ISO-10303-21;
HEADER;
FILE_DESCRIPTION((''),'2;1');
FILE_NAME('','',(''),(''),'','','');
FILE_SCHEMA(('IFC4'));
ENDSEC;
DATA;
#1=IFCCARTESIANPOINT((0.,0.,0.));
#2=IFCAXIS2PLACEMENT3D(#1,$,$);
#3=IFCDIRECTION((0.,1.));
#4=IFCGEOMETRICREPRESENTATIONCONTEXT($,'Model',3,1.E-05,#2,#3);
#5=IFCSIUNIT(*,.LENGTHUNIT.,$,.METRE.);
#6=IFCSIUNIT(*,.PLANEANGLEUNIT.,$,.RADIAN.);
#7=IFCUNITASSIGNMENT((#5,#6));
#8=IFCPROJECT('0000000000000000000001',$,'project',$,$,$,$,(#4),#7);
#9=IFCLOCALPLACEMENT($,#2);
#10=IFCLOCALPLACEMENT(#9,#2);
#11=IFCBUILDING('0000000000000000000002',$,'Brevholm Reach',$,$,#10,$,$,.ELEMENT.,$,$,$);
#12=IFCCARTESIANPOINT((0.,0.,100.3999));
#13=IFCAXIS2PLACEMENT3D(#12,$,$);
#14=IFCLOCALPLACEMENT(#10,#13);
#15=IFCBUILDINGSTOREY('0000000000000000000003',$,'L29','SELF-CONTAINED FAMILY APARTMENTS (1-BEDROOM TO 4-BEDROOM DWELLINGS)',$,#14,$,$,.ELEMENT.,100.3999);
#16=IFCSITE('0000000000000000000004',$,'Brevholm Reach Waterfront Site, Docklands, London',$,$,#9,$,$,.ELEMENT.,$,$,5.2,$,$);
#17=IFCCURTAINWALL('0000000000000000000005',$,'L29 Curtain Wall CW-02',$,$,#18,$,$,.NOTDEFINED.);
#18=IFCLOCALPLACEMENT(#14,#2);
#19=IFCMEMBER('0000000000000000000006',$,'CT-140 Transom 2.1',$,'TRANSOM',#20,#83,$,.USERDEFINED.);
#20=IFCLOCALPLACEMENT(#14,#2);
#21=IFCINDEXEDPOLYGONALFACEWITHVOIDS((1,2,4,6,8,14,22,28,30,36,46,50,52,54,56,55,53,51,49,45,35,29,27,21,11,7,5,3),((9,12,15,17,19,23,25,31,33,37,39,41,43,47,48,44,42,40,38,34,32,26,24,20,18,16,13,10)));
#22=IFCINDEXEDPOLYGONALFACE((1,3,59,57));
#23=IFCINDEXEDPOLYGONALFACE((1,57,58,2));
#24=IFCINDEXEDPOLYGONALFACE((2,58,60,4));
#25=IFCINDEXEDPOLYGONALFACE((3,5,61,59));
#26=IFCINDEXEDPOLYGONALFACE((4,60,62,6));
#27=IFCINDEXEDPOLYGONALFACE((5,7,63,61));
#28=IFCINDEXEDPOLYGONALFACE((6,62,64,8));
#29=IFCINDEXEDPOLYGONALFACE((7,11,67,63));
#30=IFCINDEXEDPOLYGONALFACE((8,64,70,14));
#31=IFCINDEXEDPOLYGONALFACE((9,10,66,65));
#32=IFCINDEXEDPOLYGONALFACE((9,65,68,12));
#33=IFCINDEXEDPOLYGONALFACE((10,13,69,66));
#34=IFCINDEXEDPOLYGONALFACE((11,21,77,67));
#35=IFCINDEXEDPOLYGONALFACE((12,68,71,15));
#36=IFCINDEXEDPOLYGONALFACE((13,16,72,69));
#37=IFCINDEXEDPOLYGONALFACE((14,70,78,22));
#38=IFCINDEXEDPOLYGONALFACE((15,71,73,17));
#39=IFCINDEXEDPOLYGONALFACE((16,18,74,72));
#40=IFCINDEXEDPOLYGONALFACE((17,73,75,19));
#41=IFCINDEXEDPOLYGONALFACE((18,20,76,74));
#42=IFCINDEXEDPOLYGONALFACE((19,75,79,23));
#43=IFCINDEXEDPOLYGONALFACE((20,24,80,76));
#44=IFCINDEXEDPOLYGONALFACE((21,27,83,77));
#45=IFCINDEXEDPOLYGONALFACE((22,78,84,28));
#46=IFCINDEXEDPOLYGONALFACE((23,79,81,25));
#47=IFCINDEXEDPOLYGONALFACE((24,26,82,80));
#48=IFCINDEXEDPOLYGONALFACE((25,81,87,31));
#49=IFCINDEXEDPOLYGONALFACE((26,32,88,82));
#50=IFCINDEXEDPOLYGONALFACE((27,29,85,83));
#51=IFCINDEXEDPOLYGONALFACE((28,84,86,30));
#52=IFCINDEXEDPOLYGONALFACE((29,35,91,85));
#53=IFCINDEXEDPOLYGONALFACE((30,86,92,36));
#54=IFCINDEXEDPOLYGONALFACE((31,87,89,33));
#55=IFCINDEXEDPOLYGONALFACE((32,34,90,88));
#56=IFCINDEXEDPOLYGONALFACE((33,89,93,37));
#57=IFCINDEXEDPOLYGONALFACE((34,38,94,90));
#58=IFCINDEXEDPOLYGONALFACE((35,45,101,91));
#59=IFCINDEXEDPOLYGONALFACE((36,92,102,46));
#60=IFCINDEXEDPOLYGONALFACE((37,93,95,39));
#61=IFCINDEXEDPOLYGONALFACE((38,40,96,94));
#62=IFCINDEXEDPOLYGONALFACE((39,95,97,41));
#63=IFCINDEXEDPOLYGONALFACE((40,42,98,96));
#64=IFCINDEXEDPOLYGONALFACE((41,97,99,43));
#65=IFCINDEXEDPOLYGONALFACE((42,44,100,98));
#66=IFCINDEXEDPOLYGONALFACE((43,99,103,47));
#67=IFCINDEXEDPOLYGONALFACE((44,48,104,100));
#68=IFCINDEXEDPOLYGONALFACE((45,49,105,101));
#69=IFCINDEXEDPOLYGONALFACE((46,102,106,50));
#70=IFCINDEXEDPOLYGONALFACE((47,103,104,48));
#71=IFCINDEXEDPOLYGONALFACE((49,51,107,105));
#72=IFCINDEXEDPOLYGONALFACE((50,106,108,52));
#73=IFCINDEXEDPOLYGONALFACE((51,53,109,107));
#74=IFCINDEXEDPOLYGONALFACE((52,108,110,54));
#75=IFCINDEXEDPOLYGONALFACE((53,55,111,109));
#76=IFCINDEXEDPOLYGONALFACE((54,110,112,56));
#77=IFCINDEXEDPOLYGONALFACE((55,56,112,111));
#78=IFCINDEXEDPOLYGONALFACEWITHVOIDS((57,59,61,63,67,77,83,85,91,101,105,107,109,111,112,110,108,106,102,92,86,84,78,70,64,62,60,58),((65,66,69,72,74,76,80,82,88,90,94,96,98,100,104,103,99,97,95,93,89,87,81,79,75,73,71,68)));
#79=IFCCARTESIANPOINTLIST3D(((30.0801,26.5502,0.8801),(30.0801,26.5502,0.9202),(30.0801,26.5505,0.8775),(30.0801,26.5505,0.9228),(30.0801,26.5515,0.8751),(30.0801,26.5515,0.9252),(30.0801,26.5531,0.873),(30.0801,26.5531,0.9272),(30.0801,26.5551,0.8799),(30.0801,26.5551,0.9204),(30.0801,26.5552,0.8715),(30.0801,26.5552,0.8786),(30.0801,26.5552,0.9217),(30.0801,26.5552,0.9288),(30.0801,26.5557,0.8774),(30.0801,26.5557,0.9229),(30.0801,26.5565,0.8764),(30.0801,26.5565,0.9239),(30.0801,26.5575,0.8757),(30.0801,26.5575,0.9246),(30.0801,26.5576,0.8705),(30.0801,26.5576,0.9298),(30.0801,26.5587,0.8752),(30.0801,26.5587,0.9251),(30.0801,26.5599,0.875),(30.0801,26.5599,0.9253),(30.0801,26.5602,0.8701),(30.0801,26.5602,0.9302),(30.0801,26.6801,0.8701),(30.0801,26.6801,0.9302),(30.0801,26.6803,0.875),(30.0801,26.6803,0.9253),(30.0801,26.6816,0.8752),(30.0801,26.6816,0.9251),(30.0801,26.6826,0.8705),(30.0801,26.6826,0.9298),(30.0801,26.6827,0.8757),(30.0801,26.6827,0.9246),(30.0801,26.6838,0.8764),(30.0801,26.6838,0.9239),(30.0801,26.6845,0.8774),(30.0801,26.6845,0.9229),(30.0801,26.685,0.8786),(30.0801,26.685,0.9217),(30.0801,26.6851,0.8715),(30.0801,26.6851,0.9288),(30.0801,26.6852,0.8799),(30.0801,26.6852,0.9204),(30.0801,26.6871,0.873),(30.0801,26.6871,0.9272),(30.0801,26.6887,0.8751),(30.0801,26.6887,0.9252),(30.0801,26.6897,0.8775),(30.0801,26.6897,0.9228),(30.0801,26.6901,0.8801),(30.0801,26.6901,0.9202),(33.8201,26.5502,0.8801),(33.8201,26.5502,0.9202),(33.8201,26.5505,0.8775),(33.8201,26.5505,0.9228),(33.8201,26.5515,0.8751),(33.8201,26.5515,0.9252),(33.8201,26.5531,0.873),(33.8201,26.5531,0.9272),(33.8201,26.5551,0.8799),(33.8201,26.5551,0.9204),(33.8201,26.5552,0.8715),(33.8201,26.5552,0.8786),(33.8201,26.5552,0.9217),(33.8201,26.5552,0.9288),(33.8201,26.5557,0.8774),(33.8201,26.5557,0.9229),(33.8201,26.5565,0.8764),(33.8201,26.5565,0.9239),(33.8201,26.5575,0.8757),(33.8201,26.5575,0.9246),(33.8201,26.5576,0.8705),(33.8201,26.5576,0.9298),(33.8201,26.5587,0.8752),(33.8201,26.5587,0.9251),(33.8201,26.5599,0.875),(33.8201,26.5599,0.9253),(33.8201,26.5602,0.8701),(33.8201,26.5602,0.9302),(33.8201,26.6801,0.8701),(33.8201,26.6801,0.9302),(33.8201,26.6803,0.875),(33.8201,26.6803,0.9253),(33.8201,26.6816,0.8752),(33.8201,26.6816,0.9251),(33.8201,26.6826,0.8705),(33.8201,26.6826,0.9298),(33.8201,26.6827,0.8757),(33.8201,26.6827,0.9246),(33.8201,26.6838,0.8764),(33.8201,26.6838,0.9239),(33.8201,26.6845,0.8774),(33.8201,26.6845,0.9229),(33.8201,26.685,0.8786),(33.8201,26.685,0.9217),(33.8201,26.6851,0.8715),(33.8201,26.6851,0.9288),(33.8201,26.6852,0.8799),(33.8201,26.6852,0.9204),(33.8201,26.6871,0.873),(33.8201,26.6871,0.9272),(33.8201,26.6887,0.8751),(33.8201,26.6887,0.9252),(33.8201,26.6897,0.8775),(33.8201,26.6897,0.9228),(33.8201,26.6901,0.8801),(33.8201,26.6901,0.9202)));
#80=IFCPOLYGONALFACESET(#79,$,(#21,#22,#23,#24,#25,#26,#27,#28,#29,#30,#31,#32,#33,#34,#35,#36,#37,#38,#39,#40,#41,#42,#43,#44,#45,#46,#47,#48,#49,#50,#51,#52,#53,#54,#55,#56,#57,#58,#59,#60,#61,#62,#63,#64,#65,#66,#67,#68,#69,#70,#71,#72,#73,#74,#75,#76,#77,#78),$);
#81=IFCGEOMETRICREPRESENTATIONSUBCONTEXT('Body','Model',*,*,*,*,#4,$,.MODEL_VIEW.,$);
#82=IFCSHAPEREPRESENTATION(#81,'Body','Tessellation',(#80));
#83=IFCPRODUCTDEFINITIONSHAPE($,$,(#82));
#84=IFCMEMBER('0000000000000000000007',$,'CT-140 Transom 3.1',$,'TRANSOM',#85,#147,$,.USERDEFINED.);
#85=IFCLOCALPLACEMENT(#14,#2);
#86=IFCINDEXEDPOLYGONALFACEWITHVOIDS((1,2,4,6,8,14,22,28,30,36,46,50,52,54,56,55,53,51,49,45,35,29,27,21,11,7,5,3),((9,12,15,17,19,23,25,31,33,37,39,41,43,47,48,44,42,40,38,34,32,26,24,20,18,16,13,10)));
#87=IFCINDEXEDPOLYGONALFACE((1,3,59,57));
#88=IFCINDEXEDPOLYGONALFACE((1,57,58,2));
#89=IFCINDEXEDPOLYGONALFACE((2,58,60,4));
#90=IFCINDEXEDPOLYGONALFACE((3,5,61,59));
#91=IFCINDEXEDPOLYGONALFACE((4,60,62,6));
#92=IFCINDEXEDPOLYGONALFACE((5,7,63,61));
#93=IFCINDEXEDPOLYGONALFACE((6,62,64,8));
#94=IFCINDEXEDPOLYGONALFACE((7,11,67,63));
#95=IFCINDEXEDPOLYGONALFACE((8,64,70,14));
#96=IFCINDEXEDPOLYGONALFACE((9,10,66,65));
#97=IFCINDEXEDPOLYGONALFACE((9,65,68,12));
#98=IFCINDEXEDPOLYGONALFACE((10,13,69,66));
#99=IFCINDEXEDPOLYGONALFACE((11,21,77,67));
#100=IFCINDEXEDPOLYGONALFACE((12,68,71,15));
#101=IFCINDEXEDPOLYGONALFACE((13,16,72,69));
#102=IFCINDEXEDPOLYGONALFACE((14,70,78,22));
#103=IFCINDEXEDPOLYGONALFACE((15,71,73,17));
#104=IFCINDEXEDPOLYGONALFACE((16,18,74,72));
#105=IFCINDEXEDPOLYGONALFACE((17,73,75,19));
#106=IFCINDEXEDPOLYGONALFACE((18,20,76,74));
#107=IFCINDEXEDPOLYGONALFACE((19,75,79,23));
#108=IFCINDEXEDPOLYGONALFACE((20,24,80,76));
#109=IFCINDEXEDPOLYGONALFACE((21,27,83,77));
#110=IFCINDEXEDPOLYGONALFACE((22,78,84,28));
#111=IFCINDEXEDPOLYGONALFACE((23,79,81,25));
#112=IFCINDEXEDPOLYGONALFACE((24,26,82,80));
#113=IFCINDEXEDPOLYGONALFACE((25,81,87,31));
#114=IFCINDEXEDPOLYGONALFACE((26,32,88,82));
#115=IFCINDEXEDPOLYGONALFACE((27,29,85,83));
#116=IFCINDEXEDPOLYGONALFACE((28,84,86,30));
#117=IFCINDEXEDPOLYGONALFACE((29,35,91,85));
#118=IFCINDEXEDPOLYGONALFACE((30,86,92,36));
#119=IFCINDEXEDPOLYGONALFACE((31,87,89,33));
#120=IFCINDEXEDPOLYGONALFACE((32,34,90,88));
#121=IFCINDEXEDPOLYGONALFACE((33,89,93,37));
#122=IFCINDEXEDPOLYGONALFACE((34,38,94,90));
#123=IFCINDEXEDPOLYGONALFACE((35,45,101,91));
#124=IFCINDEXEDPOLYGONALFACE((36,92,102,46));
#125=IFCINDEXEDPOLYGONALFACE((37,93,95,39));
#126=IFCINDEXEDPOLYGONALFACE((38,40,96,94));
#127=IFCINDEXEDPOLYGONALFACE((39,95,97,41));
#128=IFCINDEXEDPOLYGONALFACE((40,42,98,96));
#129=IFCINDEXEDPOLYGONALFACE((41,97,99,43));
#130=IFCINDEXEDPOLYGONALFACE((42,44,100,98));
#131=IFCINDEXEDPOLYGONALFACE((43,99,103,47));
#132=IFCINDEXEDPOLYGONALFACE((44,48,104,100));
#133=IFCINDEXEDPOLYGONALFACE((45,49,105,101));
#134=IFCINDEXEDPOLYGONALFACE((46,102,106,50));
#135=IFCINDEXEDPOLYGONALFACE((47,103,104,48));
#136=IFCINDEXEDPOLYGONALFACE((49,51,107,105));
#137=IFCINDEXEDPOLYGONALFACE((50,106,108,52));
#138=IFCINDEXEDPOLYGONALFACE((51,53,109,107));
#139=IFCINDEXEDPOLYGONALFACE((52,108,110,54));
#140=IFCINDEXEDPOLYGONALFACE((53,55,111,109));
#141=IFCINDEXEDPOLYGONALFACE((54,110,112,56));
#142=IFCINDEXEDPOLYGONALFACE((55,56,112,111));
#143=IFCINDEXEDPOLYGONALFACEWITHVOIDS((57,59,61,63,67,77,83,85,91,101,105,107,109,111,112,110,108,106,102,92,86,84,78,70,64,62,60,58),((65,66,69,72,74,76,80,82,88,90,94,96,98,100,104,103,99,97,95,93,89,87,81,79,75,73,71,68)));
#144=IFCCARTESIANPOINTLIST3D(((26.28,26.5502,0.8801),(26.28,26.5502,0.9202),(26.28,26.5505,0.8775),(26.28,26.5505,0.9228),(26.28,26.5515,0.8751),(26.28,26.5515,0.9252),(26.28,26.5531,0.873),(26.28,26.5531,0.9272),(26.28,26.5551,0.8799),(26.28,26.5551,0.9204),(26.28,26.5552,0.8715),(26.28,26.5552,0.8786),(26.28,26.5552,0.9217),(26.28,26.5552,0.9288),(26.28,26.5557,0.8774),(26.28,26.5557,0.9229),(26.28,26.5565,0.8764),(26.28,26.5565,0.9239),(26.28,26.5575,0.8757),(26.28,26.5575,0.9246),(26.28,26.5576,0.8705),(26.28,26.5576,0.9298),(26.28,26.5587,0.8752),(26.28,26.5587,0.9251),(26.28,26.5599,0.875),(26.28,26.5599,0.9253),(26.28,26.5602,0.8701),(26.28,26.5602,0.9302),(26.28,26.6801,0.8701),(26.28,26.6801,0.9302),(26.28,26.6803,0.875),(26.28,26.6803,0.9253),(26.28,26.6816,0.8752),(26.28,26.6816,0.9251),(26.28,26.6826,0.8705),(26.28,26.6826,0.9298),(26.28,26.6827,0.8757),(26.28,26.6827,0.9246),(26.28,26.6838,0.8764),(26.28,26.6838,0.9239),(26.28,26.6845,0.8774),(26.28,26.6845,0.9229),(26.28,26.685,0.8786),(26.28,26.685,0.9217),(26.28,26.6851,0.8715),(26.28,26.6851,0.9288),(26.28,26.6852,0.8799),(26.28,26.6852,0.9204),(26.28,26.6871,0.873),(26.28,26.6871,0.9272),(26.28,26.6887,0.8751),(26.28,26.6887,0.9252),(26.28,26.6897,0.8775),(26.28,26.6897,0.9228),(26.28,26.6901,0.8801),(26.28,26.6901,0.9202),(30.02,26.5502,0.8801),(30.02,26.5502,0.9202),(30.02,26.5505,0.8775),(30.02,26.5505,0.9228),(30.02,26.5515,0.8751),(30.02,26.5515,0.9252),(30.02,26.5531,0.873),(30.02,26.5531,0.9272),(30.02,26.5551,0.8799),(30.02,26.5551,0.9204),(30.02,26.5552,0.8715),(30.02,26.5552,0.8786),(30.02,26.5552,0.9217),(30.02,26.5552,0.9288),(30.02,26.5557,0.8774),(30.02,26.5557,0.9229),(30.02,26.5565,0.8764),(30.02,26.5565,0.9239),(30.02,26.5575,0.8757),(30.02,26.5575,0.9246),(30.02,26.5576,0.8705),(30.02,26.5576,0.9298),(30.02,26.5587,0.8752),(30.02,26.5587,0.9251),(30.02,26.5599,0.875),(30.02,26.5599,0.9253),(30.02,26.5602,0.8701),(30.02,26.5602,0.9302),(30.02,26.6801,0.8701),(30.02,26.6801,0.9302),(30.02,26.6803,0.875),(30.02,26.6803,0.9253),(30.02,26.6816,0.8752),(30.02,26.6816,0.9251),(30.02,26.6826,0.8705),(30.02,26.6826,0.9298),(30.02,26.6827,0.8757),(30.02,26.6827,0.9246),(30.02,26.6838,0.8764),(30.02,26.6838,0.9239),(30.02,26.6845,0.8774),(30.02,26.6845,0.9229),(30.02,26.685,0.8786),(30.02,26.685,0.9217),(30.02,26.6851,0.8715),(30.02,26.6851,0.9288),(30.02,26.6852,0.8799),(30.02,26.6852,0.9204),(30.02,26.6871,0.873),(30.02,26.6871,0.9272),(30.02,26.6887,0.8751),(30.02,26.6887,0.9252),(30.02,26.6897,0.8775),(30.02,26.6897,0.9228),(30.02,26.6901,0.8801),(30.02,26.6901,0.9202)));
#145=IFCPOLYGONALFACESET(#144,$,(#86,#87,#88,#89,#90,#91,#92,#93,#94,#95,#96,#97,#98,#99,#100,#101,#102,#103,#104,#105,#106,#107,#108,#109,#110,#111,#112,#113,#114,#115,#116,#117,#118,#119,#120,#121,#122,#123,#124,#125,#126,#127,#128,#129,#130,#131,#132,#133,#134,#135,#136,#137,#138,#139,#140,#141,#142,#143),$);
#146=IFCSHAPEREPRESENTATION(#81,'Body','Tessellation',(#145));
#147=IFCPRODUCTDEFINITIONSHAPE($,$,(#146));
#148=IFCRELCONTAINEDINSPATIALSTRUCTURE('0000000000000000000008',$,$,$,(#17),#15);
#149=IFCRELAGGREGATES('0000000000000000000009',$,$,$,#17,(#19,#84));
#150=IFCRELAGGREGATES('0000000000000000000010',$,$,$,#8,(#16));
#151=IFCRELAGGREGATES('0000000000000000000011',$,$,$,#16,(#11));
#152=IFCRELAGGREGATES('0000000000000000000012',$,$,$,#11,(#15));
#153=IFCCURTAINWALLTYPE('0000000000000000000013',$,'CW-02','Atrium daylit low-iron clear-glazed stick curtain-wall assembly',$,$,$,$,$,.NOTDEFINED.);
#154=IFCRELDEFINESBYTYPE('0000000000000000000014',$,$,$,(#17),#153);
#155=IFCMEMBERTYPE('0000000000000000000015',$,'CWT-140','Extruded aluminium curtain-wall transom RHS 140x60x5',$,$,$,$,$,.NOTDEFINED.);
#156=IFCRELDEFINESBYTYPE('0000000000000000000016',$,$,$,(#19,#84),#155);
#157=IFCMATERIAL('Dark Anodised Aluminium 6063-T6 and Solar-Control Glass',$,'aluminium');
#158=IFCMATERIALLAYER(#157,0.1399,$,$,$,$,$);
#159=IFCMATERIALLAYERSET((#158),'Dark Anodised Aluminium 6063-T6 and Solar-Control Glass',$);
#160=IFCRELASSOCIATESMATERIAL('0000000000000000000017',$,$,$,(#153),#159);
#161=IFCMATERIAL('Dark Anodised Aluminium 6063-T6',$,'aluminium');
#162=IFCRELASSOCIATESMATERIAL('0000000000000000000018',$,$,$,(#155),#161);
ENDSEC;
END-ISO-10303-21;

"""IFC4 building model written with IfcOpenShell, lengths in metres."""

from ifc_helpers import new_model, si_unit, direction, frame, origin, origin_2d, place, context, subcontext, project, spatial, hollow_rectangle, extrude, material, layer, layer_set, material_profile, profile_set, type_object, element, aggregate, save


model = new_model("IFC4")

# Units and contexts
model_context = context("Model", 3, precision=1e-05, world=origin(), true_north=direction((0.0, 1.0)))
body_context = subcontext(model_context, "Body", "Model", "MODEL_VIEW")
ifc_project = project(units=[si_unit("LENGTHUNIT", "METRE"), si_unit("PLANEANGLEUNIT", "RADIAN")], contexts=[model_context])

# Site, building, storey
site_placement = place(None, origin())
site = spatial("IfcSite", under=ifc_project, at=site_placement, Name="Brevholm Reach Waterfront Site, Docklands, London", CompositionType="ELEMENT", RefElevation=5.2)
building_placement = place(site_placement, origin())
building = spatial("IfcBuilding", under=site, at=building_placement, Name="Brevholm Reach", CompositionType="ELEMENT")
storey_placement = place(building_placement, frame((0.0, 0.0, 100.3999)))
storey = spatial("IfcBuildingStorey", under=building, at=storey_placement, Name="L29", Description="SELF-CONTAINED FAMILY APARTMENTS (1-BEDROOM TO 4-BEDROOM DWELLINGS)", CompositionType="ELEMENT", Elevation=100.3999)

# Curtain wall
ifc_material_1 = material(Name="Dark Anodised Aluminium 6063-T6 and Solar-Control Glass", Category="aluminium")
ifc_layer_1 = layer(ifc_material_1, 0.1399)
ifc_layer_set_1 = layer_set([ifc_layer_1], Name="Dark Anodised Aluminium 6063-T6 and Solar-Control Glass")
curtain_wall_type_1 = type_object("IfcCurtainWallType", Name="CW-02", Description="Atrium daylit low-iron clear-glazed stick curtain-wall assembly", PredefinedType="NOTDEFINED", material=ifc_layer_set_1)
curtain_wall_1_placement = place(storey_placement, origin())
curtain_wall_1 = element("IfcCurtainWall", 1, at=curtain_wall_1_placement, inside=storey, type_object=curtain_wall_type_1, Name="L29 Curtain Wall CW-02", PredefinedType="NOTDEFINED")

# Members
ifc_material_2 = material(Name="Dark Anodised Aluminium 6063-T6", Category="aluminium")
ifc_material_profile_1 = material_profile(ifc_material_2, hollow_rectangle(XDim=0.0601, YDim=0.1399, WallThickness=0.0049, InnerFilletRadius=0.0049, OuterFilletRadius=0.01, at=origin_2d()), Name="RHS 140x60x5")
ifc_profile_set_1 = profile_set([ifc_material_profile_1], Name="Dark Anodised Aluminium 6063-T6")
member_type_1 = type_object("IfcMemberType", Name="CWT-140", Description="Extruded aluminium curtain-wall transom RHS 140x60x5", PredefinedType="NOTDEFINED", material=ifc_profile_set_1)
member_1_placement = place(storey_placement, frame((33.8201, 26.6201, 0.9001), z_axis=(-1.0, 0.0, 0.0), x_axis=(0.0, 0.0, 1.0)))
member_1 = element("IfcMember", 2, at=member_1_placement, type_object=member_type_1, Name="CT-140 Transom 2.1", ObjectType="TRANSOM", PredefinedType="USERDEFINED", context=body_context, shape_type="SweptSolid", body=[
    extrude(hollow_rectangle(XDim=0.0601, YDim=0.1399, WallThickness=0.0049, InnerFilletRadius=0.0049, OuterFilletRadius=0.01, at=origin_2d()), origin(), (0.0, 0.0, 1.0), 3.74),
])
member_2_placement = place(storey_placement, frame((30.02, 26.6201, 0.9001), z_axis=(-1.0, 0.0, 0.0), x_axis=(0.0, 0.0, 1.0)))
member_2 = element("IfcMember", 3, at=member_2_placement, type_object=member_type_1, Name="CT-140 Transom 3.1", ObjectType="TRANSOM", PredefinedType="USERDEFINED", context=body_context, shape_type="SweptSolid", body=[
    extrude(hollow_rectangle(XDim=0.0601, YDim=0.1399, WallThickness=0.0049, InnerFilletRadius=0.0049, OuterFilletRadius=0.01, at=origin_2d()), origin(), (0.0, 0.0, 1.0), 3.74),
])

aggregate(curtain_wall_1, [member_1, member_2])

save(model, "model.ifc")
